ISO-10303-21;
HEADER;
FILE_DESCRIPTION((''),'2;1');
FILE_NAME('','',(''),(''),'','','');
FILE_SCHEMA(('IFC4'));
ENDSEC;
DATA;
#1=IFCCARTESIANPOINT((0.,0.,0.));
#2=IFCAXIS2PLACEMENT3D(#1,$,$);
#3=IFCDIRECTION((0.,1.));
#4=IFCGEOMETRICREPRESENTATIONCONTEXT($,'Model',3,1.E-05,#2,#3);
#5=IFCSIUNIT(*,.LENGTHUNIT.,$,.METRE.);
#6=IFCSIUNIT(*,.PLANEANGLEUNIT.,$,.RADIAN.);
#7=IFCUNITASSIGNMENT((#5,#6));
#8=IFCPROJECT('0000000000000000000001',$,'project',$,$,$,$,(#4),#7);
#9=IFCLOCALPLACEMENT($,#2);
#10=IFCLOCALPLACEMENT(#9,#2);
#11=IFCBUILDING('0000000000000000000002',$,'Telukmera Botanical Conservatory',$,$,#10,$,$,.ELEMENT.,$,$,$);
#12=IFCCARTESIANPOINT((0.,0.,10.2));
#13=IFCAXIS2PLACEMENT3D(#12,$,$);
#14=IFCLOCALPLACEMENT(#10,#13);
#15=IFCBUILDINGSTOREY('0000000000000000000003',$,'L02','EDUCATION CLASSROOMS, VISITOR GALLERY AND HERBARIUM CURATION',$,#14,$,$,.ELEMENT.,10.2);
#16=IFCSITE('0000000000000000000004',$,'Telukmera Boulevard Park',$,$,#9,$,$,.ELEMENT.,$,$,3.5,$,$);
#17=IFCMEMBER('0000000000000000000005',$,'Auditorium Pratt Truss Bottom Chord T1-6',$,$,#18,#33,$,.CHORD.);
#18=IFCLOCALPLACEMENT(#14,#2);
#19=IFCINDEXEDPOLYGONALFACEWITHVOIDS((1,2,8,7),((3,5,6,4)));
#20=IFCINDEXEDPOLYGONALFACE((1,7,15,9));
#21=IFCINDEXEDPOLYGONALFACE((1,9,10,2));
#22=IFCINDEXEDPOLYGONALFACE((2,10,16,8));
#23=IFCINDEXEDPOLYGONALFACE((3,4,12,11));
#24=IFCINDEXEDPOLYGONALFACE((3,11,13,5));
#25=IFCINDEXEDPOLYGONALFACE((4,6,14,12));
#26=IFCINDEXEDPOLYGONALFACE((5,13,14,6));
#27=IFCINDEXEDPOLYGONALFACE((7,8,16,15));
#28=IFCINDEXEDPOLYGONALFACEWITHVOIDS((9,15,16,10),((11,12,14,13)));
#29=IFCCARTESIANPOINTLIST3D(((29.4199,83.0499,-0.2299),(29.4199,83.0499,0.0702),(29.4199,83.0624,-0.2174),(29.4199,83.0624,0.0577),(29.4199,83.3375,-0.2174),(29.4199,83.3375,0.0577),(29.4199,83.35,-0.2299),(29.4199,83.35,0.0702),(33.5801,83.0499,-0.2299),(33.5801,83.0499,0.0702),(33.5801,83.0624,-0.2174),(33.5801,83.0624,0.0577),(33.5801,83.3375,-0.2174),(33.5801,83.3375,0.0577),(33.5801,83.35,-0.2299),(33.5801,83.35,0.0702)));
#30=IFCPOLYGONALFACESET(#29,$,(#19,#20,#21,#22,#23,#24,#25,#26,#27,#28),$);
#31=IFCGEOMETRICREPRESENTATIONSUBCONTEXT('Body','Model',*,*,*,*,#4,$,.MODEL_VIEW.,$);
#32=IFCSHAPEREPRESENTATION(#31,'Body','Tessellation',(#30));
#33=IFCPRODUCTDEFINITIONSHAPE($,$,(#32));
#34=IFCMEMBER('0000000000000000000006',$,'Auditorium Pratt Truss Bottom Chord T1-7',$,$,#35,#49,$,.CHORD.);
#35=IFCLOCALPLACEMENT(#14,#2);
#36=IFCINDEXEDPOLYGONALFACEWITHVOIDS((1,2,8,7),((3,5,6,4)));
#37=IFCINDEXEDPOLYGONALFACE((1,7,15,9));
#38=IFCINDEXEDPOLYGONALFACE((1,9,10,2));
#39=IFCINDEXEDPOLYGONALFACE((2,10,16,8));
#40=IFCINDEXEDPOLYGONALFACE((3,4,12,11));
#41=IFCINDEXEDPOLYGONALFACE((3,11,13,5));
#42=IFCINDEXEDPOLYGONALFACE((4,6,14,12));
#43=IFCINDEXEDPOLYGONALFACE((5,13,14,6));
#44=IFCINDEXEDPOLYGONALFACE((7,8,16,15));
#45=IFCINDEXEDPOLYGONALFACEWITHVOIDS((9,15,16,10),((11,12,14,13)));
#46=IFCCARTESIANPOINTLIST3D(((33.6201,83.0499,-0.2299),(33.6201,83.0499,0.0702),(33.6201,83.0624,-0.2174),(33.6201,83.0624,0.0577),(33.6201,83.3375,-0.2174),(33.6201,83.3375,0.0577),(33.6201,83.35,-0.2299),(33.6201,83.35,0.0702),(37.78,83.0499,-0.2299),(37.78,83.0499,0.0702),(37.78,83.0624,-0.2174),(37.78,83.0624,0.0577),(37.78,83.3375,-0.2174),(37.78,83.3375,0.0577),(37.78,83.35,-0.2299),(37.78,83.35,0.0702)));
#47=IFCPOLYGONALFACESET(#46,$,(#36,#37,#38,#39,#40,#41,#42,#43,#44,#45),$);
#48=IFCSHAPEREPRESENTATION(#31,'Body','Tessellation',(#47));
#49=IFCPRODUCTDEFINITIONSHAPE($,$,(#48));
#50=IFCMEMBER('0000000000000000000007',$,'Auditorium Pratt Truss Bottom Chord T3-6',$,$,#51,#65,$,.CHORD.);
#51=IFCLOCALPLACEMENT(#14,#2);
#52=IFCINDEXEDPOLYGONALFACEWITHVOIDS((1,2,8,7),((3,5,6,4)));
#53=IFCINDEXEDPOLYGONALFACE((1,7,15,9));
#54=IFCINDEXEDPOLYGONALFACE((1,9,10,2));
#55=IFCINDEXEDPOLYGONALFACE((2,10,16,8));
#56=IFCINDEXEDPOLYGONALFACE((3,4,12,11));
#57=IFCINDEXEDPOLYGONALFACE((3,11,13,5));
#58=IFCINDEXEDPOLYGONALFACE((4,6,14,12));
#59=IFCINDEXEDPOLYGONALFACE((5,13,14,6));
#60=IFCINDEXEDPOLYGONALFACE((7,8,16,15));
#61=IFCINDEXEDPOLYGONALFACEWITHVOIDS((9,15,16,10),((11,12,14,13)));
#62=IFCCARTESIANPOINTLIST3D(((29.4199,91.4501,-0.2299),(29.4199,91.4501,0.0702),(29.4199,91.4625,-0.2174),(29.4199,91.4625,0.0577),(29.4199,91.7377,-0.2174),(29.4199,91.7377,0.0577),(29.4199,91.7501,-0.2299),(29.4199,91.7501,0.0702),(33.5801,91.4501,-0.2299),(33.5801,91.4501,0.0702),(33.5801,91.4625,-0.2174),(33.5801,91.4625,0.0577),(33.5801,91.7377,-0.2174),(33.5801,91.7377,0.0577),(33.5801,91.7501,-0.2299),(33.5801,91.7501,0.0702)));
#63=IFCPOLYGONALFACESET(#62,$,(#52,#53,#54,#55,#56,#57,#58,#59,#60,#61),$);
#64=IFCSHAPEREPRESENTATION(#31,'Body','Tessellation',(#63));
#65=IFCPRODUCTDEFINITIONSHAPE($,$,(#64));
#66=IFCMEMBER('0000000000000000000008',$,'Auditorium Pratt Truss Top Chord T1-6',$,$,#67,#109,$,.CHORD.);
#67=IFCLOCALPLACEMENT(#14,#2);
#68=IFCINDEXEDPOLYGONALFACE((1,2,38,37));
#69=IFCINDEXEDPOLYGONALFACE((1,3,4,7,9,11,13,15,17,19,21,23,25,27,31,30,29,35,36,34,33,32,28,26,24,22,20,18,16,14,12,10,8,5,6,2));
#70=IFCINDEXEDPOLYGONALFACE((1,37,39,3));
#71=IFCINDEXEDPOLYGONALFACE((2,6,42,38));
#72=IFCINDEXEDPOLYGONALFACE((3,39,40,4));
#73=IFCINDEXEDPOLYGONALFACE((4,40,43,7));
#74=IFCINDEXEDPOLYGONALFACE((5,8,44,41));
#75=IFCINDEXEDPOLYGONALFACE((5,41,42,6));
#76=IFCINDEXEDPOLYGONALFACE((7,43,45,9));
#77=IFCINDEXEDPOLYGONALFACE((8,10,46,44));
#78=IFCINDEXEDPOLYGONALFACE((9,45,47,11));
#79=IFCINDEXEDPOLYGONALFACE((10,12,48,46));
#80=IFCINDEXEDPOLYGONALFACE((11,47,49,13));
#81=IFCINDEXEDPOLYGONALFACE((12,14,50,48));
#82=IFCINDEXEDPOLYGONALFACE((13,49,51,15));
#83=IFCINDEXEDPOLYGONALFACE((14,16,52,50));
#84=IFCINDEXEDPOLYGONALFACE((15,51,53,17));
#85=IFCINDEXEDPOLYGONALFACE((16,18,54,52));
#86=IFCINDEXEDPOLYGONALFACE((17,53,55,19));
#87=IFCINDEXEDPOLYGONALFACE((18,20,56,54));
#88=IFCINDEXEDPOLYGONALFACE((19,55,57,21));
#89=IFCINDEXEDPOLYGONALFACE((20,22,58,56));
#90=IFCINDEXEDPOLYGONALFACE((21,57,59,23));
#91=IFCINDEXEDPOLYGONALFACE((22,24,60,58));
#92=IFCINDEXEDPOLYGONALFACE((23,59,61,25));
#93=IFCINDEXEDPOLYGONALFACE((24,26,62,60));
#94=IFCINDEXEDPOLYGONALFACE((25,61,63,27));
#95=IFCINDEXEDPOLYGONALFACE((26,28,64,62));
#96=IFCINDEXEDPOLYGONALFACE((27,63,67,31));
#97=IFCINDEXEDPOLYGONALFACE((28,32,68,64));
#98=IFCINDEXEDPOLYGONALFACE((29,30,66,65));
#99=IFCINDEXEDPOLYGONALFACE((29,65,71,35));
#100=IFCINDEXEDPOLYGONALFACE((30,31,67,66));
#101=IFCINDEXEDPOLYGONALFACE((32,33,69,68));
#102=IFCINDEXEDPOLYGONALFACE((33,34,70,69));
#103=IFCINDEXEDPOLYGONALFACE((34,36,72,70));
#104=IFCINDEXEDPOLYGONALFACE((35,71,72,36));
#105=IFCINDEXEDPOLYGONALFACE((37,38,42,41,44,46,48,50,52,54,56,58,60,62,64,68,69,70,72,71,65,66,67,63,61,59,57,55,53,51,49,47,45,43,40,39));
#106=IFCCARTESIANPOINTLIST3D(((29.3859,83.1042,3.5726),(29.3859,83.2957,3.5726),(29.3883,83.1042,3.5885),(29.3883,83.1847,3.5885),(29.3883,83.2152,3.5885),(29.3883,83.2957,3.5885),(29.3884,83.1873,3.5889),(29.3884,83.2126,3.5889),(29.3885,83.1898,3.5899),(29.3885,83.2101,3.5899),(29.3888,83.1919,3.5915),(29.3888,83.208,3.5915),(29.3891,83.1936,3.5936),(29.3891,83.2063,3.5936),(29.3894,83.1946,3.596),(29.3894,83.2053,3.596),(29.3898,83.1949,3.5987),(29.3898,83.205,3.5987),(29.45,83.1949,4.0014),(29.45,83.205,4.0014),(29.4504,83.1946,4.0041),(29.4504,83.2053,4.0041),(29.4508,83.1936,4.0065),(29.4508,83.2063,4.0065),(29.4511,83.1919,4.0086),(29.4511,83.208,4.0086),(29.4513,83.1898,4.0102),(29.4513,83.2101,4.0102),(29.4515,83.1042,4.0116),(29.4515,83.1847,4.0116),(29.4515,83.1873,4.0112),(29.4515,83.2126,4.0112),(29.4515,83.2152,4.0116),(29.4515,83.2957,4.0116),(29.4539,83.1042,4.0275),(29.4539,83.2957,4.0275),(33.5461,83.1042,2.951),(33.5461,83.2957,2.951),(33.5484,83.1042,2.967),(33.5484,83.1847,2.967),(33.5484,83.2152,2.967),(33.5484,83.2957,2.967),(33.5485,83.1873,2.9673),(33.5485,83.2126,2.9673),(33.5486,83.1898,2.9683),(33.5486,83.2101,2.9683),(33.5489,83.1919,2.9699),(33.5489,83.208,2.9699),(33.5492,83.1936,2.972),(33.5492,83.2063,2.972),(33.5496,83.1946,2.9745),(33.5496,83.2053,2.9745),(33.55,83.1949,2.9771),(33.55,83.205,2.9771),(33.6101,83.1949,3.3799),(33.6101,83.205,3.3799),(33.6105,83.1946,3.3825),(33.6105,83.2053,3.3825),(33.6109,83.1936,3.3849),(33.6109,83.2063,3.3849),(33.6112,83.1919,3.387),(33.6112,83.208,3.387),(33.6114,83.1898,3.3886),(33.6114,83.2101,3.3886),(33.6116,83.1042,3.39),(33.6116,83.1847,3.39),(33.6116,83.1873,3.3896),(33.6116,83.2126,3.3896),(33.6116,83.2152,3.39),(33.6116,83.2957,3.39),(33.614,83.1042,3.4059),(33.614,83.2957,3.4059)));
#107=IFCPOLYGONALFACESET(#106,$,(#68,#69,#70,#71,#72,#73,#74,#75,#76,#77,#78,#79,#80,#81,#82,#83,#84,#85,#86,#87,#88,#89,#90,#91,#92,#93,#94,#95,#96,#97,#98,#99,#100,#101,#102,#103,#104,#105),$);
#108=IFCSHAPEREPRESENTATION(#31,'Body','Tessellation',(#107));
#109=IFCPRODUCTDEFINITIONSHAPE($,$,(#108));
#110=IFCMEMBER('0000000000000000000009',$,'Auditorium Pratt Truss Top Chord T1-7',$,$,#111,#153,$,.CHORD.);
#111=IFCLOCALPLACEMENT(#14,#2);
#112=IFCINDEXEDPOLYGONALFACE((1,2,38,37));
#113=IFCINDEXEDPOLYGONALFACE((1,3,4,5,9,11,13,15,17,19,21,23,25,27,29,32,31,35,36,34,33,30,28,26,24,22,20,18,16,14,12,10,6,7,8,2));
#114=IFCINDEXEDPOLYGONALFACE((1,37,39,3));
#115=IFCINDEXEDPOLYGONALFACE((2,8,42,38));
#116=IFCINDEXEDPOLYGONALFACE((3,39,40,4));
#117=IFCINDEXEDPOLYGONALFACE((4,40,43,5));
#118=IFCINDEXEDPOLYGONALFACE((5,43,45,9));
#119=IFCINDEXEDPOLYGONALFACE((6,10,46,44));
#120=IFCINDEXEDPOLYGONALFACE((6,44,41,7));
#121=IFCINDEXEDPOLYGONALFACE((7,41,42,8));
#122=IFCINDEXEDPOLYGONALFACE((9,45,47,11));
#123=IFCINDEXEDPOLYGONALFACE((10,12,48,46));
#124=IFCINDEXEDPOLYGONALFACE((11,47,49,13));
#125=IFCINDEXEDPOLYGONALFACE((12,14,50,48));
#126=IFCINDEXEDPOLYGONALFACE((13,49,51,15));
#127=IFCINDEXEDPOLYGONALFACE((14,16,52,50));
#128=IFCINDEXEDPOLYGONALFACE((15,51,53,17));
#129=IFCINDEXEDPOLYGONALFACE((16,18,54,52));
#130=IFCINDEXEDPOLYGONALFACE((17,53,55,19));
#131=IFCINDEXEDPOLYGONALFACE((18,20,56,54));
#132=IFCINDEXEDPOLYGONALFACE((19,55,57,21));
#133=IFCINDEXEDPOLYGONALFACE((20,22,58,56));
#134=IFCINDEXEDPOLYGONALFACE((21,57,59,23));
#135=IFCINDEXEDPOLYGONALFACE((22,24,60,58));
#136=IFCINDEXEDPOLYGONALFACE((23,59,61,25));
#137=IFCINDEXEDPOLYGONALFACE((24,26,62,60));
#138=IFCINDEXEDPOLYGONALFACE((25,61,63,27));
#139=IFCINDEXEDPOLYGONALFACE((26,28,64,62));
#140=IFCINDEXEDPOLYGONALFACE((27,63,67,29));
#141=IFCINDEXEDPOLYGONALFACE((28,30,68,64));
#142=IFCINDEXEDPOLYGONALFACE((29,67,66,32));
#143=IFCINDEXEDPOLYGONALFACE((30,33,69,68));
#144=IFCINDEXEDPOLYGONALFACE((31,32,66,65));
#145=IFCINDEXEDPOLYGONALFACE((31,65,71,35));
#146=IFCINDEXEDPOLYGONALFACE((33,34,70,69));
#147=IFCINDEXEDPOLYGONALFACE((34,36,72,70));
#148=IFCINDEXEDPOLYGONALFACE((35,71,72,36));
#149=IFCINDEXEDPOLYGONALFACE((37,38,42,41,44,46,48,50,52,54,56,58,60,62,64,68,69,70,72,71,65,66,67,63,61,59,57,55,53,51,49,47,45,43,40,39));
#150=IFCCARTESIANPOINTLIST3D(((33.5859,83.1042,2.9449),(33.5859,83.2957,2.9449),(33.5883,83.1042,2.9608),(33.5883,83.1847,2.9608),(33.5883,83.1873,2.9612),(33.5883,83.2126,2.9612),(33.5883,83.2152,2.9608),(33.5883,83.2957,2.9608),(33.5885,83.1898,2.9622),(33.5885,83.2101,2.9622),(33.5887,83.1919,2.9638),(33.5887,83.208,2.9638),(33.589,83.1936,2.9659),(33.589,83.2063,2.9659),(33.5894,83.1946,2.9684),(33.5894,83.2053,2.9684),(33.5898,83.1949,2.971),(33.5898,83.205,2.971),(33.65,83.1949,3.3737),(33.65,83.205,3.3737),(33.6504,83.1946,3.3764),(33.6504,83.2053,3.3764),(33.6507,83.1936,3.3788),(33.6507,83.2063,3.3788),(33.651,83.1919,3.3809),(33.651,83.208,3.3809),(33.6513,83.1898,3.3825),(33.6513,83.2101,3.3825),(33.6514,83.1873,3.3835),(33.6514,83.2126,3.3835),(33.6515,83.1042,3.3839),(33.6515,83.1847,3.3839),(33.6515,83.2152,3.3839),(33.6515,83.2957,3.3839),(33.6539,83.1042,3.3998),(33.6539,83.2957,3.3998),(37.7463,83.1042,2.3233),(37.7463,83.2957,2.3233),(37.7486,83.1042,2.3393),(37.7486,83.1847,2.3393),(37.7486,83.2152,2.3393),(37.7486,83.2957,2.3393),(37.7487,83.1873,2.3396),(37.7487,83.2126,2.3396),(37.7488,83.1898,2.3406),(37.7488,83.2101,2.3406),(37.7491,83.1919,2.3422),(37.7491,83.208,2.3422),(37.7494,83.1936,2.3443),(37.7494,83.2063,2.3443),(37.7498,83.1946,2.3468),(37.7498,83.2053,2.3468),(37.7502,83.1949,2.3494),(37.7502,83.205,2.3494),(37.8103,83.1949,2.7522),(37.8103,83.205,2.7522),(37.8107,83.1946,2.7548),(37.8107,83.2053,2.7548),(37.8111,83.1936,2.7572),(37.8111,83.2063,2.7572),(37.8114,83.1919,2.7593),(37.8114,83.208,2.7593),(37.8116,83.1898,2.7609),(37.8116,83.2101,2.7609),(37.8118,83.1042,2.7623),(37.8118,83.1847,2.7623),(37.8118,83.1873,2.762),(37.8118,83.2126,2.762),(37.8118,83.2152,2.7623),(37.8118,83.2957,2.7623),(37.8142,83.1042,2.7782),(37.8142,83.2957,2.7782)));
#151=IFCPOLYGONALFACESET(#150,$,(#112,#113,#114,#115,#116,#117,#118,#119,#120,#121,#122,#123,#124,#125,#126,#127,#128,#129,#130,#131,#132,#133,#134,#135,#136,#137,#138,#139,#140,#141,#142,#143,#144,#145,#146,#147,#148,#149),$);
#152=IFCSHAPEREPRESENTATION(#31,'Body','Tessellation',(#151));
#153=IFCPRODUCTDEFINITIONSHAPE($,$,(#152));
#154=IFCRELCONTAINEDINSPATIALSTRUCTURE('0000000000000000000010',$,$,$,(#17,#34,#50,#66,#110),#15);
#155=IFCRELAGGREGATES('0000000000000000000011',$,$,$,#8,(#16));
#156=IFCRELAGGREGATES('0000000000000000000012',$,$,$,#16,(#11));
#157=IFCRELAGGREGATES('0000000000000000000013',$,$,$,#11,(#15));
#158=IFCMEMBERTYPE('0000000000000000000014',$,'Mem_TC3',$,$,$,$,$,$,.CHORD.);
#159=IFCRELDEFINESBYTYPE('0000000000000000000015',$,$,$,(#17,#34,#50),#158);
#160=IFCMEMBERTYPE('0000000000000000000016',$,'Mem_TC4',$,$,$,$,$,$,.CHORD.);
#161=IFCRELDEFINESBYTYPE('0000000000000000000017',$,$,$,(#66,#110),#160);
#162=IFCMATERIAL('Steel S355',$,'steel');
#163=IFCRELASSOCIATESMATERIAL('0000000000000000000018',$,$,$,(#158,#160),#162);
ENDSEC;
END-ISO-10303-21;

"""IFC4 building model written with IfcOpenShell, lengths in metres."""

from ifc_helpers import new_model, si_unit, direction, frame, origin, origin_2d, place, context, subcontext, project, spatial, hollow_rectangle, i_section, extrude, material, material_profile, profile_set, type_object, element, save


model = new_model("IFC4")

# Units and contexts
model_context = context("Model", 3, precision=1e-05, world=origin(), true_north=direction((0.0, 1.0)))
body_context = subcontext(model_context, "Body", "Model", "MODEL_VIEW")
ifc_project = project(units=[si_unit("LENGTHUNIT", "METRE"), si_unit("PLANEANGLEUNIT", "RADIAN")], contexts=[model_context])

# Site, building, storey
site_placement = place(None, origin())
site = spatial("IfcSite", under=ifc_project, at=site_placement, Name="Telukmera Boulevard Park", CompositionType="ELEMENT", RefElevation=3.5)
building_placement = place(site_placement, origin())
building = spatial("IfcBuilding", under=site, at=building_placement, Name="Telukmera Botanical Conservatory", CompositionType="ELEMENT")
storey_placement = place(building_placement, frame((0.0, 0.0, 10.2)))
storey = spatial("IfcBuildingStorey", under=building, at=storey_placement, Name="L02", Description="EDUCATION CLASSROOMS, VISITOR GALLERY AND HERBARIUM CURATION", CompositionType="ELEMENT", Elevation=10.2)

# Members
ifc_material_1 = material(Name="Steel S355", Category="steel")
ifc_material_profile_1 = material_profile(ifc_material_1, hollow_rectangle(XDim=0.3, YDim=0.3, WallThickness=0.0125, at=origin_2d()), Name="SHS 300x300x12.5")
ifc_profile_set_1 = profile_set([ifc_material_profile_1], Name="Steel S355")
member_type_1 = type_object("IfcMemberType", Name="Mem_TC3", PredefinedType="CHORD", material=ifc_profile_set_1)
member_1_placement = place(storey_placement, frame((29.4199, 83.2, -0.0798), z_axis=(1.0, 0.0, 0.0), x_axis=(0.0, 1.0, 0.0)))
element("IfcMember", 1, at=member_1_placement, inside=storey, type_object=member_type_1, Name="Auditorium Pratt Truss Bottom Chord T1-6", PredefinedType="CHORD", context=body_context, shape_type="SweptSolid", body=[
    extrude(hollow_rectangle(XDim=0.3, YDim=0.3, WallThickness=0.0125, at=origin_2d()), origin(), (0.0, 0.0, 1.0), 4.1602),
])
member_2_placement = place(storey_placement, frame((33.6201, 83.2, -0.0798), z_axis=(1.0, 0.0, 0.0), x_axis=(0.0, 1.0, 0.0)))
element("IfcMember", 2, at=member_2_placement, inside=storey, type_object=member_type_1, Name="Auditorium Pratt Truss Bottom Chord T1-7", PredefinedType="CHORD", context=body_context, shape_type="SweptSolid", body=[
    extrude(hollow_rectangle(XDim=0.3, YDim=0.3, WallThickness=0.0125, at=origin_2d()), origin(), (0.0, 0.0, 1.0), 4.1599),
])
member_3_placement = place(storey_placement, frame((29.4199, 91.6001, -0.0798), z_axis=(1.0, 0.0, 0.0), x_axis=(0.0, 1.0, 0.0)))
element("IfcMember", 3, at=member_3_placement, inside=storey, type_object=member_type_1, Name="Auditorium Pratt Truss Bottom Chord T3-6", PredefinedType="CHORD", context=body_context, shape_type="SweptSolid", body=[
    extrude(hollow_rectangle(XDim=0.3, YDim=0.3, WallThickness=0.0125, at=origin_2d()), origin(), (0.0, 0.0, 1.0), 4.1602),
])
ifc_material_profile_2 = material_profile(ifc_material_1, i_section(OverallWidth=0.1914, OverallDepth=0.46, WebThickness=0.01, FlangeThickness=0.0161, FilletRadius=0.0103, at=origin_2d()), Name="UB 457x191x82")
ifc_profile_set_2 = profile_set([ifc_material_profile_2], Name="Steel S355")
member_type_2 = type_object("IfcMemberType", Name="Mem_TC4", PredefinedType="CHORD", material=ifc_profile_set_2)
member_4_placement = place(storey_placement, frame((29.4199, 83.2, 3.8), z_axis=(0.989021, 0.0, -0.147773), x_axis=(0.0, 1.0, 0.0)))
element("IfcMember", 4, at=member_4_placement, inside=storey, type_object=member_type_2, Name="Auditorium Pratt Truss Top Chord T1-6", PredefinedType="CHORD", context=body_context, shape_type="SweptSolid", body=[
    extrude(i_section(OverallWidth=0.1914, OverallDepth=0.46, WebThickness=0.01, FlangeThickness=0.0161, FilletRadius=0.0103, at=origin_2d()), origin(), (0.0, 0.0, 1.0), 4.2063),
])
member_5_placement = place(storey_placement, frame((33.6199, 83.2, 3.1724), z_axis=(0.989023, 0.0, -0.147764), x_axis=(0.0, 1.0, 0.0)))
element("IfcMember", 5, at=member_5_placement, inside=storey, type_object=member_type_2, Name="Auditorium Pratt Truss Top Chord T1-7", PredefinedType="CHORD", context=body_context, shape_type="SweptSolid", body=[
    extrude(i_section(OverallWidth=0.1914, OverallDepth=0.46, WebThickness=0.01, FlangeThickness=0.0161, FilletRadius=0.0103, at=origin_2d()), origin(), (0.0, 0.0, 1.0), 4.2065),
])

save(model, "model.ifc")
